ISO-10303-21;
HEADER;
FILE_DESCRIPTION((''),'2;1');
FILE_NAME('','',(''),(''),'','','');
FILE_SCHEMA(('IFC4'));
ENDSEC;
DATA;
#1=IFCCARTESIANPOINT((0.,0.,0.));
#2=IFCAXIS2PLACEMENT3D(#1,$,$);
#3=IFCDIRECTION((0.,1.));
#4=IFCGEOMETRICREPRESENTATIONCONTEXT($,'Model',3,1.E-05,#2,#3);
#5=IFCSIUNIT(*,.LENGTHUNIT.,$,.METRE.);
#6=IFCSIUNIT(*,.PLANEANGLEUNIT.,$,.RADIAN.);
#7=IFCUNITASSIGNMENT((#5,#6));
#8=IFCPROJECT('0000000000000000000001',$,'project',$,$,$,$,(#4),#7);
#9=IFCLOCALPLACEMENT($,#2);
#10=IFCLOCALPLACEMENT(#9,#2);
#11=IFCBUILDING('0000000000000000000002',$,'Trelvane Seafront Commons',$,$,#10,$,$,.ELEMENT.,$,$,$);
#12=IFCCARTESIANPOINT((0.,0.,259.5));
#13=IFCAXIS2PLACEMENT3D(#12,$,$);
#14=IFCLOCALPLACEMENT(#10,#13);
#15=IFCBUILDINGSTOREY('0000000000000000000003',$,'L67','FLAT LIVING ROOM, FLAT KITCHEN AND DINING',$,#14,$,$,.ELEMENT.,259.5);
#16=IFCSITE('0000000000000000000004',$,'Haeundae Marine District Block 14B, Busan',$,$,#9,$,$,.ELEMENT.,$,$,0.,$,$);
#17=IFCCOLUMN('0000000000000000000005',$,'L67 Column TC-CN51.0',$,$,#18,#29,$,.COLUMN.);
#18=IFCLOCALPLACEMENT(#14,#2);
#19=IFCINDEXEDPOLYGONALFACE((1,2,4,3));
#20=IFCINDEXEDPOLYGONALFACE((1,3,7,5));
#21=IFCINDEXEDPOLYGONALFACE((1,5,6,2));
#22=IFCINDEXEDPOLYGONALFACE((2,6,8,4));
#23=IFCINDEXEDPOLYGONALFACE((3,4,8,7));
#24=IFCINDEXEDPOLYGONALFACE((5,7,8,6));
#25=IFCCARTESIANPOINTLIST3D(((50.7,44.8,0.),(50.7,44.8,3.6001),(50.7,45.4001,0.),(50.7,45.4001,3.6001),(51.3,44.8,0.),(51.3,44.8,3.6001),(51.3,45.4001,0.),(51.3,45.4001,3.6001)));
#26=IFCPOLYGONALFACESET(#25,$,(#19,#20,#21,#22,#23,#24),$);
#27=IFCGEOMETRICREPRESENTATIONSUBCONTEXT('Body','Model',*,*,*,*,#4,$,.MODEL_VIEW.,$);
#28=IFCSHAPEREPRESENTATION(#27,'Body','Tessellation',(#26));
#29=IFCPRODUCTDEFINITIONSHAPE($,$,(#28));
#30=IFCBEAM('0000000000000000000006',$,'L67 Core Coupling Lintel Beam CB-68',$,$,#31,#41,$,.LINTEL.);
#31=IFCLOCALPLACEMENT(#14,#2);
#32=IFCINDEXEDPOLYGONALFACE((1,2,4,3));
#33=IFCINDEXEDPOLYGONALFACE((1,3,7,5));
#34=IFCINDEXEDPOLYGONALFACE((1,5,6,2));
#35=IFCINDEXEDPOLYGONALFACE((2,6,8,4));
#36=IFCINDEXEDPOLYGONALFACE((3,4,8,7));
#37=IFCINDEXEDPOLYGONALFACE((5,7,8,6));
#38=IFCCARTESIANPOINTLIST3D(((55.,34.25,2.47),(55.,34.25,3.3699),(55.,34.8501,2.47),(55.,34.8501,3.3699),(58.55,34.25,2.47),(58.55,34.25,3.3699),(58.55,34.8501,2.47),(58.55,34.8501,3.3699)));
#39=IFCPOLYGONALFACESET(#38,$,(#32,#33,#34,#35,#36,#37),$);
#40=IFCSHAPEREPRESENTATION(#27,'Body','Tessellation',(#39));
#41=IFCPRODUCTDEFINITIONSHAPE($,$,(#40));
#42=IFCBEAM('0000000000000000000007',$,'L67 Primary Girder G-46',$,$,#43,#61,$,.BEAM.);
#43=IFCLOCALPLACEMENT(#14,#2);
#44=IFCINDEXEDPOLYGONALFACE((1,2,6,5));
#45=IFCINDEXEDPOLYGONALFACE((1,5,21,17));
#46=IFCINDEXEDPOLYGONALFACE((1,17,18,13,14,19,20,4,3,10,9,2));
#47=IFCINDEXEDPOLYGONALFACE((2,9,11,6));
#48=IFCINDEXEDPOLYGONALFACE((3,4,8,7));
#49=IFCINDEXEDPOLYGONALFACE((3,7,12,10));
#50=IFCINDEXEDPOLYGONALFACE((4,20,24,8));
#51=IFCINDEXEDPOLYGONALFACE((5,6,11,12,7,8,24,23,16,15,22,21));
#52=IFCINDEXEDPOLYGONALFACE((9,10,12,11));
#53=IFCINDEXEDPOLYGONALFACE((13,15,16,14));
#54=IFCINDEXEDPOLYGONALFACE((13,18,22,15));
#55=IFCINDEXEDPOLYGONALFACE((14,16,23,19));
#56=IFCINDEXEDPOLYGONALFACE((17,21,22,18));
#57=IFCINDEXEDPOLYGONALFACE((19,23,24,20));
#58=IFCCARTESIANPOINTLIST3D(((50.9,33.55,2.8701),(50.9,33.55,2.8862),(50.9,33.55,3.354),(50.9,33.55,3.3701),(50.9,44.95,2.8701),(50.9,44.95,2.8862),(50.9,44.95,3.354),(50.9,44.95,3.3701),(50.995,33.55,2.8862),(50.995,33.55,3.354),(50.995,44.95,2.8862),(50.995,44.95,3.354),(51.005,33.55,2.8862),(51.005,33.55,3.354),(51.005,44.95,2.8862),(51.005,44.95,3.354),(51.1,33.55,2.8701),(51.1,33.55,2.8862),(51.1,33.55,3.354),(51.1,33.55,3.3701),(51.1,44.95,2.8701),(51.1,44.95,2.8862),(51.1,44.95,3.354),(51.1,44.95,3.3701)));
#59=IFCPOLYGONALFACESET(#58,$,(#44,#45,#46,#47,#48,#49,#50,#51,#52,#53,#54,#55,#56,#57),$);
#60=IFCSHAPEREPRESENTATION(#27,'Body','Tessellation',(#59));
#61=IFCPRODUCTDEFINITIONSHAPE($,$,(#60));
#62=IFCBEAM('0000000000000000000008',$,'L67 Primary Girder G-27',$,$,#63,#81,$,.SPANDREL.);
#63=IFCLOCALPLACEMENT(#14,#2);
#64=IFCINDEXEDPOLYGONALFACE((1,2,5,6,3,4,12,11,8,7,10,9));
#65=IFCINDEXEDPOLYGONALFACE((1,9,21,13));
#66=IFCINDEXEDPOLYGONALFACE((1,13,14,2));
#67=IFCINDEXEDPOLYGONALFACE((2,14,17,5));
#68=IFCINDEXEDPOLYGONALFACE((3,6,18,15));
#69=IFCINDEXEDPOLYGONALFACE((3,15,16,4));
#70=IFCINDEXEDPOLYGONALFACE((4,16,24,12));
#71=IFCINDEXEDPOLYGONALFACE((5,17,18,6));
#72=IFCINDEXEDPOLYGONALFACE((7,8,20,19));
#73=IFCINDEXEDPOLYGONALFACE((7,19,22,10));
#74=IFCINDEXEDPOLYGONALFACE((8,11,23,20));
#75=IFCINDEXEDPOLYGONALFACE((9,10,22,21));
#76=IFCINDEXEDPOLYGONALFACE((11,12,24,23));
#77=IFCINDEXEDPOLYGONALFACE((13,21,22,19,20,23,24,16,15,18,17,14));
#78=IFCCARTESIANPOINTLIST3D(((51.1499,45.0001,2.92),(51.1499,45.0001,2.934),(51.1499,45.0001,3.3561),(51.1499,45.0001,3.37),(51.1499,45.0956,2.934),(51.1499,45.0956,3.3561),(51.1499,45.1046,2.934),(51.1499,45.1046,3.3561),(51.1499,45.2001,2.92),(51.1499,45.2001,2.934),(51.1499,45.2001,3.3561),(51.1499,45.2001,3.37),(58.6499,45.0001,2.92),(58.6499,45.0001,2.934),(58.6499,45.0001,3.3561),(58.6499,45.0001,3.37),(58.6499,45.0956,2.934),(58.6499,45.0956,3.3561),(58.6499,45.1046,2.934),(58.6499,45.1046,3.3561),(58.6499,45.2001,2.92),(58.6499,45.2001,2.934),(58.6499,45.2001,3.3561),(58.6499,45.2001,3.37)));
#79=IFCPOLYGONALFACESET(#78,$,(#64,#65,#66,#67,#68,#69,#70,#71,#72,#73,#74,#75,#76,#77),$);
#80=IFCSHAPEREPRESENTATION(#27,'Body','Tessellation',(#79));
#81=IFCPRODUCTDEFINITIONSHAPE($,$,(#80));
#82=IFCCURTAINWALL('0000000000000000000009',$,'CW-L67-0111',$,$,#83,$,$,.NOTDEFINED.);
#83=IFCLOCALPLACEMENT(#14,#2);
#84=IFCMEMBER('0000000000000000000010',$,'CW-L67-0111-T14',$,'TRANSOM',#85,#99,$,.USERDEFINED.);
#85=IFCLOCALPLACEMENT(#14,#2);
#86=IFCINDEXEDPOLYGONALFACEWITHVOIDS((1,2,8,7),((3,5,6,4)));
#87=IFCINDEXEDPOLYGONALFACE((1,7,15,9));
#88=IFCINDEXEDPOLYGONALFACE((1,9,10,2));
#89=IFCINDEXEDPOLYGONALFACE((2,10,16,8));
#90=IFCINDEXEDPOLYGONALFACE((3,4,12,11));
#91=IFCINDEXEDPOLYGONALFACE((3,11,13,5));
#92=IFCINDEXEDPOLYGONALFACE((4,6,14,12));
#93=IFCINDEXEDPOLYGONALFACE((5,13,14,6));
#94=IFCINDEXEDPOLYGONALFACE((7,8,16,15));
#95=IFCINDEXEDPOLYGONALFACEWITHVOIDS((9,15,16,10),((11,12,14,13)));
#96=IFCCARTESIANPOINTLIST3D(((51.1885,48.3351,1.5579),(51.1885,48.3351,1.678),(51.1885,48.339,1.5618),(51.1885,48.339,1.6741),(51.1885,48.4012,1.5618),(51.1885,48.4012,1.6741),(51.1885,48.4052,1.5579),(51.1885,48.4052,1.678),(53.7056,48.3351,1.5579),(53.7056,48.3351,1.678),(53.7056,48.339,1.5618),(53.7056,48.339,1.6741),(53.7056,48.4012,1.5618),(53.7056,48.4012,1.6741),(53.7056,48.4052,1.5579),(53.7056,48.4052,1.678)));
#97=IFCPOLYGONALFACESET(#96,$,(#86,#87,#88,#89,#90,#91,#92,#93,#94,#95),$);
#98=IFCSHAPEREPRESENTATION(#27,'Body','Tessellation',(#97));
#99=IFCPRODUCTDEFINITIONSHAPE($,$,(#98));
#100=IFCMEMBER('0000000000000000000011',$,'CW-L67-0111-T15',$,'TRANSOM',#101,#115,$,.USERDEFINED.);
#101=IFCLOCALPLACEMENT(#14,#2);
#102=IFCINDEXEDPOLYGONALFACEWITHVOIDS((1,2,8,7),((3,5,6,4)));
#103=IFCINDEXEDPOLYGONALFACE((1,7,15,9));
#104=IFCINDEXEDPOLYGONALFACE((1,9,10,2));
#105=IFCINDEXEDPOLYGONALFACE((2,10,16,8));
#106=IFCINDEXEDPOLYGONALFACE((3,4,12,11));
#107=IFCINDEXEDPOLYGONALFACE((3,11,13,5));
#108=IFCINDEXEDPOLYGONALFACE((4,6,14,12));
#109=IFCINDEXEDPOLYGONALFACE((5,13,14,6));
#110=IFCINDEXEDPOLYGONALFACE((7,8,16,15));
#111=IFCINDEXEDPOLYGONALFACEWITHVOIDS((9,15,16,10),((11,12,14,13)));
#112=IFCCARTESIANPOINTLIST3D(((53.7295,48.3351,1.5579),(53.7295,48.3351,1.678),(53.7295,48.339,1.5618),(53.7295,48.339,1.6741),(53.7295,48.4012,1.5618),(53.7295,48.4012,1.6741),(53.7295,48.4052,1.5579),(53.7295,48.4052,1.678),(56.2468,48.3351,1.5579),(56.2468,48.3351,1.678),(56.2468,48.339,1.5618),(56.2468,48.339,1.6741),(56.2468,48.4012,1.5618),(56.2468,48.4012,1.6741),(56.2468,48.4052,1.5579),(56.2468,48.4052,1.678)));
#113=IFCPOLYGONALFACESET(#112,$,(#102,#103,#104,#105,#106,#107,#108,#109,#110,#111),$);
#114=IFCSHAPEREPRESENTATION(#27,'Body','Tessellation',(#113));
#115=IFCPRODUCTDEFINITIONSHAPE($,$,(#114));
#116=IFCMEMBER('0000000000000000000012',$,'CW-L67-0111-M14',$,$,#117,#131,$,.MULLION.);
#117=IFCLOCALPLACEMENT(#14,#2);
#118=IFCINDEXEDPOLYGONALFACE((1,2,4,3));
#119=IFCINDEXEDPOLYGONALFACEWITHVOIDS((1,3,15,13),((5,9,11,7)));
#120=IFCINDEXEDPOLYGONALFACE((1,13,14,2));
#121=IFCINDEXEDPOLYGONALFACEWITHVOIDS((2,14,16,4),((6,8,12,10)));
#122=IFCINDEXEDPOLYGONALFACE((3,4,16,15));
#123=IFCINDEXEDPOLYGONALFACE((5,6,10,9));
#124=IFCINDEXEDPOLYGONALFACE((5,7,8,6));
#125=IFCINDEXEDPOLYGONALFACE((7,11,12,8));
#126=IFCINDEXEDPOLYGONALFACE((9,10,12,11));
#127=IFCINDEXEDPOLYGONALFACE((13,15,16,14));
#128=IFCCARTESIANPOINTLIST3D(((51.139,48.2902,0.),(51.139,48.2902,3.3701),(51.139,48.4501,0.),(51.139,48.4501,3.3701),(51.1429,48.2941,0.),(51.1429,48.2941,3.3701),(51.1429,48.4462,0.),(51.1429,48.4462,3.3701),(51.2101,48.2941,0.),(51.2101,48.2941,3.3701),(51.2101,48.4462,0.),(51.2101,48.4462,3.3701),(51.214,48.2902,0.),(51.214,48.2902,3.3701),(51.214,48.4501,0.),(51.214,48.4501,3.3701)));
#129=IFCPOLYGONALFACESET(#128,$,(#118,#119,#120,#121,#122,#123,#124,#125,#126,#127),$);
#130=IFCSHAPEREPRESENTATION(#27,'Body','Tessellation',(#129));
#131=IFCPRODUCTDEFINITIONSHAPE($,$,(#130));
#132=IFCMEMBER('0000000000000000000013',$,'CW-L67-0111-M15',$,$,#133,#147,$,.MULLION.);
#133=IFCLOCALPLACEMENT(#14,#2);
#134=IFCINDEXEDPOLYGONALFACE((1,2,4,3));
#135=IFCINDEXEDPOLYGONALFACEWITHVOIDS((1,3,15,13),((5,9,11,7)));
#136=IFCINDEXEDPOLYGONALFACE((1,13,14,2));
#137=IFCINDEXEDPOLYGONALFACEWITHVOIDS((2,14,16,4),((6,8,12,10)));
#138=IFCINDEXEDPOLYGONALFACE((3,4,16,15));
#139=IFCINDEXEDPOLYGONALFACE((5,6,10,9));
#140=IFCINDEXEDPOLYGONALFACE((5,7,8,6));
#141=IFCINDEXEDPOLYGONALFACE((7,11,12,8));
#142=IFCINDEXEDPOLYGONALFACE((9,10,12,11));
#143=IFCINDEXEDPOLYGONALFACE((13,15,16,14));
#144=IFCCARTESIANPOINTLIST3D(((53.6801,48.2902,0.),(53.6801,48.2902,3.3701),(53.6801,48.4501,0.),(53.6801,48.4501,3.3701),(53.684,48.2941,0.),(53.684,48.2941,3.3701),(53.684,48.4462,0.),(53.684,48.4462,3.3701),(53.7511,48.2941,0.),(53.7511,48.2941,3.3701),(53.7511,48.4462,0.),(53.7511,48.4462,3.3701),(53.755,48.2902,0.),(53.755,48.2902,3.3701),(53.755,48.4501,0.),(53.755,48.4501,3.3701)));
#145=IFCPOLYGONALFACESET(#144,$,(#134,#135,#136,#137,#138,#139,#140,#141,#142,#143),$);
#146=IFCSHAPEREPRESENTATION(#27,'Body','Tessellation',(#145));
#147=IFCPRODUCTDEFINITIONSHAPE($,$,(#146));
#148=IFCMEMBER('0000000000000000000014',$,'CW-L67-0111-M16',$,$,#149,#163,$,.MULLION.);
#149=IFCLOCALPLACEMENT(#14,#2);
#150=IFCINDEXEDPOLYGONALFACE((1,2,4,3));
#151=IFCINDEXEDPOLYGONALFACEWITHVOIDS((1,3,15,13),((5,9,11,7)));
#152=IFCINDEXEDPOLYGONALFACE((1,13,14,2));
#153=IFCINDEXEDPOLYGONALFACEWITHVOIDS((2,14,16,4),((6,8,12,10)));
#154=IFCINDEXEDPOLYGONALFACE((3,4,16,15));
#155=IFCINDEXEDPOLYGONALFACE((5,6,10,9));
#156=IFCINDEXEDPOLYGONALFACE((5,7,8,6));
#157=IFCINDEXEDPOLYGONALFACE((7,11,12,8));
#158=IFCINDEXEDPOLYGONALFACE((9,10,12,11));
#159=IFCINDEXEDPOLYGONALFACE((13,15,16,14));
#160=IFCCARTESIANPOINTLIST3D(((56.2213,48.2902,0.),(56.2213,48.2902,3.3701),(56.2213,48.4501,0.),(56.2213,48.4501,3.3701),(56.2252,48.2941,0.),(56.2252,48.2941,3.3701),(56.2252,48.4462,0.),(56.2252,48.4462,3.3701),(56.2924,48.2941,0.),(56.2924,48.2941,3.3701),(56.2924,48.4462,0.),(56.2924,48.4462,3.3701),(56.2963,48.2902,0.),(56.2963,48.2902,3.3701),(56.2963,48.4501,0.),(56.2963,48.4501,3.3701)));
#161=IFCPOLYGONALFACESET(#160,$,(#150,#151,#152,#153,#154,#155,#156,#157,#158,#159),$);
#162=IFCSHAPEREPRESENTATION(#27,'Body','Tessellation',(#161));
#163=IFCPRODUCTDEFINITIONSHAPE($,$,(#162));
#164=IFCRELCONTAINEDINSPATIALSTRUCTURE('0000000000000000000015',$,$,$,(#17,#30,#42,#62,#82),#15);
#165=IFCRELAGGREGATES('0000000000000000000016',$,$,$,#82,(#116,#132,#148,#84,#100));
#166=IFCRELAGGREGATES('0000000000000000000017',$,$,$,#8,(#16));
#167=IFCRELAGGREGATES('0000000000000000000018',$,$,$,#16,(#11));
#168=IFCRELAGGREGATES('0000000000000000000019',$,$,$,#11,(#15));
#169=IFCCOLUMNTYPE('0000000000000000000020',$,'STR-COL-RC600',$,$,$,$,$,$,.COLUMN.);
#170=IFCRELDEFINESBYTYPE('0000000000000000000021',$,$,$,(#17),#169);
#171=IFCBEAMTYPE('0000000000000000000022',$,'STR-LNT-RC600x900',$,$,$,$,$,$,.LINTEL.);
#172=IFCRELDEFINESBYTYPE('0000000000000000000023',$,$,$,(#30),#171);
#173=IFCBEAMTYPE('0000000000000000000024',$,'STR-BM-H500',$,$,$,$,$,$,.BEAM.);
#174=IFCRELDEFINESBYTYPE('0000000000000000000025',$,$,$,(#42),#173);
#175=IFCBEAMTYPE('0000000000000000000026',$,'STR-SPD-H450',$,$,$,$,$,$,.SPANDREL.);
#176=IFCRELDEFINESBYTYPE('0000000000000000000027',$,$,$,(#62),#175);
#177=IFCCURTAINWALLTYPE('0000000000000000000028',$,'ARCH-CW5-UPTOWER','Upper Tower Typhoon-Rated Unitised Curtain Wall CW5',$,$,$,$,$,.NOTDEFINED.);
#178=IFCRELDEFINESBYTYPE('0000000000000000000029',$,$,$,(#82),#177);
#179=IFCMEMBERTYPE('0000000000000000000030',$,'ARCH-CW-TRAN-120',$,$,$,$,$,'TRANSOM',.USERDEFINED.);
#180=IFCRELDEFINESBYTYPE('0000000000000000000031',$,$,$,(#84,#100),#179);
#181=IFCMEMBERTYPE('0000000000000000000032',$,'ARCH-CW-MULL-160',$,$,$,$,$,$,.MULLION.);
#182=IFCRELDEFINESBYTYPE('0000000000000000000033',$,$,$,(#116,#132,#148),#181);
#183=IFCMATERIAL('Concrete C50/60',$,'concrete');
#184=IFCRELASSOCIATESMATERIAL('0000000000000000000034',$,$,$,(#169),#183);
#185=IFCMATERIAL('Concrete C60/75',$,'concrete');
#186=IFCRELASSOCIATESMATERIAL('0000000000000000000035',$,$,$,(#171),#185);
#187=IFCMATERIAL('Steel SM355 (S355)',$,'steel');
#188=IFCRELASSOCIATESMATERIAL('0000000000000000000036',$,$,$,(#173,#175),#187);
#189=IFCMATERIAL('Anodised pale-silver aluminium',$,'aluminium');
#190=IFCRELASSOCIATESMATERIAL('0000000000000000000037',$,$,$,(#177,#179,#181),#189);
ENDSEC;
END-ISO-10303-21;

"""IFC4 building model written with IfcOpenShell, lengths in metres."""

from ifc_helpers import new_model, si_unit, direction, frame, origin, origin_2d, place, context, subcontext, project, spatial, rectangle, hollow_rectangle, i_section, extrude, source, transform, mapped, material, material_profile, profile_set, type_object, element, aggregate, save


model = new_model("IFC4")

# Units and contexts
model_context = context("Model", 3, precision=1e-05, world=origin(), true_north=direction((0.0, 1.0)))
body_context = subcontext(model_context, "Body", "Model", "MODEL_VIEW")
ifc_project = project(units=[si_unit("LENGTHUNIT", "METRE"), si_unit("PLANEANGLEUNIT", "RADIAN")], contexts=[model_context])

# Site, building, storey
site_placement = place(None, origin())
site = spatial("IfcSite", under=ifc_project, at=site_placement, Name="Haeundae Marine District Block 14B, Busan", CompositionType="ELEMENT", RefElevation=0.0)
building_placement = place(site_placement, origin())
building = spatial("IfcBuilding", under=site, at=building_placement, Name="Trelvane Seafront Commons", CompositionType="ELEMENT")
storey_placement = place(building_placement, frame((0.0, 0.0, 259.5)))
storey = spatial("IfcBuildingStorey", under=building, at=storey_placement, Name="L67", Description="FLAT LIVING ROOM, FLAT KITCHEN AND DINING", CompositionType="ELEMENT", Elevation=259.5)

# Column
ifc_material_1 = material(Name="Concrete C50/60", Category="concrete")
ifc_material_profile_1 = material_profile(ifc_material_1, rectangle(XDim=0.6001, YDim=0.6001, at=origin_2d()), Name="RC-600x600")
ifc_profile_set_1 = profile_set([ifc_material_profile_1], Name="Concrete C50/60")
column_type = type_object("IfcColumnType", Name="STR-COL-RC600", PredefinedType="COLUMN", material=ifc_profile_set_1)
shared_shape_1 = source(origin(), body_context, "Body", "SweptSolid", [
    extrude(rectangle(XDim=0.6001, YDim=0.6001, at=origin_2d()), origin(), (0.0, 0.0, 1.0), 3.6001),
])
column_placement = place(storey_placement, frame((51.0, 45.1001, 0.0), z_axis=(0.0, 0.0, 1.0), x_axis=(1.0, 0.0, 0.0)))
element("IfcColumn", 1, at=column_placement, inside=storey, type_object=column_type, Name="L67 Column TC-CN51.0", PredefinedType="COLUMN", context=body_context, shape_type="MappedRepresentation", body=[
    mapped(shared_shape_1, transform((0.0, 0.0, 0.0), x_axis=(1.0, 0.0, 0.0), y_axis=(0.0, 1.0, 0.0), z_axis=(0.0, 0.0, 1.0), scale=1.0)),
])

# Beams
ifc_material_2 = material(Name="Concrete C60/75", Category="concrete")
ifc_material_profile_2 = material_profile(ifc_material_2, rectangle(XDim=0.6001, YDim=0.8999, at=origin_2d()), Name="RC-600x900")
ifc_profile_set_2 = profile_set([ifc_material_profile_2], Name="Concrete C60/75")
beam_type_1 = type_object("IfcBeamType", Name="STR-LNT-RC600x900", PredefinedType="LINTEL", material=ifc_profile_set_2)
shared_shape_2 = source(origin(), body_context, "Body", "SweptSolid", [
    extrude(rectangle(XDim=0.6001, YDim=0.8999, at=origin_2d()), origin(), (0.0, 0.0, 1.0), 3.55),
])
beam_1_placement = place(storey_placement, frame((55.0, 34.55, 2.9199), z_axis=(1.0, 0.0, 0.0), x_axis=(0.0, 1.0, 0.0)))
element("IfcBeam", 2, at=beam_1_placement, inside=storey, type_object=beam_type_1, Name="L67 Core Coupling Lintel Beam CB-68", PredefinedType="LINTEL", context=body_context, shape_type="MappedRepresentation", body=[
    mapped(shared_shape_2, transform((0.0, 0.0, 0.0), x_axis=(1.0, 0.0, 0.0), y_axis=(0.0, 1.0, 0.0), z_axis=(0.0, 0.0, 1.0), scale=1.0)),
])
ifc_material_3 = material(Name="Steel SM355 (S355)", Category="steel")
ifc_material_profile_3 = material_profile(ifc_material_3, i_section(OverallWidth=0.2, OverallDepth=0.5, WebThickness=0.01, FlangeThickness=0.0161, at=origin_2d()), Name="H-500x200x10x16")
ifc_profile_set_3 = profile_set([ifc_material_profile_3], Name="Steel SM355 (S355)")
beam_type_2 = type_object("IfcBeamType", Name="STR-BM-H500", PredefinedType="BEAM", material=ifc_profile_set_3)
shared_shape_3 = source(origin(), body_context, "Body", "SweptSolid", [
    extrude(i_section(OverallWidth=0.2, OverallDepth=0.5, WebThickness=0.01, FlangeThickness=0.0161, at=origin_2d()), origin(), (0.0, 0.0, 1.0), 11.3999),
])
beam_2_placement = place(storey_placement, frame((51.0, 33.55, 3.1201), z_axis=(0.0, 1.0, 0.0), x_axis=(-1.0, 0.0, 0.0)))
element("IfcBeam", 3, at=beam_2_placement, inside=storey, type_object=beam_type_2, Name="L67 Primary Girder G-46", PredefinedType="BEAM", context=body_context, shape_type="MappedRepresentation", body=[
    mapped(shared_shape_3, transform((0.0, 0.0, 0.0), x_axis=(1.0, 0.0, 0.0), y_axis=(0.0, 1.0, 0.0), z_axis=(0.0, 0.0, 1.0), scale=1.0)),
])
ifc_material_profile_4 = material_profile(ifc_material_3, i_section(OverallWidth=0.2, OverallDepth=0.45, WebThickness=0.009, FlangeThickness=0.0139, at=origin_2d()), Name="H-450x200x9x14")
ifc_profile_set_4 = profile_set([ifc_material_profile_4], Name="Steel SM355 (S355)")
beam_type_3 = type_object("IfcBeamType", Name="STR-SPD-H450", PredefinedType="SPANDREL", material=ifc_profile_set_4)
shared_shape_4 = source(origin(), body_context, "Body", "SweptSolid", [
    extrude(i_section(OverallWidth=0.2, OverallDepth=0.45, WebThickness=0.009, FlangeThickness=0.0139, at=origin_2d()), origin(), (0.0, 0.0, 1.0), 7.5),
])
beam_3_placement = place(storey_placement, frame((51.1499, 45.1001, 3.145), z_axis=(1.0, 0.0, 0.0), x_axis=(0.0, 1.0, 0.0)))
element("IfcBeam", 4, at=beam_3_placement, inside=storey, type_object=beam_type_3, Name="L67 Primary Girder G-27", PredefinedType="SPANDREL", context=body_context, shape_type="MappedRepresentation", body=[
    mapped(shared_shape_4, transform((0.0, 0.0, 0.0), x_axis=(1.0, 0.0, 0.0), y_axis=(0.0, 1.0, 0.0), z_axis=(0.0, 0.0, 1.0), scale=1.0)),
])

# Curtain wall, members
ifc_material_4 = material(Name="Anodised pale-silver aluminium", Category="aluminium")
curtain_wall_type = type_object("IfcCurtainWallType", Name="ARCH-CW5-UPTOWER", Description="Upper Tower Typhoon-Rated Unitised Curtain Wall CW5", PredefinedType="NOTDEFINED", material=ifc_material_4)
curtain_wall_placement = place(storey_placement, origin())
curtain_wall = element("IfcCurtainWall", 5, at=curtain_wall_placement, inside=storey, type_object=curtain_wall_type, Name="CW-L67-0111", PredefinedType="NOTDEFINED")
ifc_material_profile_5 = material_profile(ifc_material_4, hollow_rectangle(XDim=0.0701, YDim=0.1201, WallThickness=0.0039, at=origin_2d()), Name="TRAN-70x120x4")
ifc_profile_set_5 = profile_set([ifc_material_profile_5], Name="Anodised pale-silver aluminium")
member_type_1 = type_object("IfcMemberType", Name="ARCH-CW-TRAN-120", ElementType="TRANSOM", PredefinedType="USERDEFINED", material=ifc_profile_set_5)
shared_shape_5 = source(origin(), body_context, "Body", "SweptSolid", [
    extrude(hollow_rectangle(XDim=0.0701, YDim=0.1201, WallThickness=0.0039, at=origin_2d()), origin(), (0.0, 0.0, 1.0), 2.5171),
])
member_1_placement = place(storey_placement, frame((51.1885, 48.3701, 1.6179), z_axis=(1.0, 0.0, 0.0), x_axis=(0.0, 1.0, 0.0)))
member_1 = element("IfcMember", 6, at=member_1_placement, type_object=member_type_1, Name="CW-L67-0111-T14", ObjectType="TRANSOM", PredefinedType="USERDEFINED", context=body_context, shape_type="MappedRepresentation", body=[
    mapped(shared_shape_5, transform((0.0, 0.0, 0.0), x_axis=(1.0, 0.0, 0.0), y_axis=(0.0, 1.0, 0.0), z_axis=(0.0, 0.0, 1.0), scale=1.0)),
])
shared_shape_6 = source(origin(), body_context, "Body", "SweptSolid", [
    extrude(hollow_rectangle(XDim=0.0701, YDim=0.1201, WallThickness=0.0039, at=origin_2d()), origin(), (0.0, 0.0, 1.0), 2.5173),
])
member_2_placement = place(storey_placement, frame((53.7295, 48.3701, 1.6179), z_axis=(1.0, 0.0, 0.0), x_axis=(0.0, 1.0, 0.0)))
member_2 = element("IfcMember", 7, at=member_2_placement, type_object=member_type_1, Name="CW-L67-0111-T15", ObjectType="TRANSOM", PredefinedType="USERDEFINED", context=body_context, shape_type="MappedRepresentation", body=[
    mapped(shared_shape_6, transform((0.0, 0.0, 0.0), x_axis=(1.0, 0.0, 0.0), y_axis=(0.0, 1.0, 0.0), z_axis=(0.0, 0.0, 1.0), scale=1.0)),
])
ifc_material_profile_6 = material_profile(ifc_material_4, hollow_rectangle(XDim=0.075, YDim=0.1599, WallThickness=0.0039, at=origin_2d()), Name="MULL-75x160x4")
ifc_profile_set_6 = profile_set([ifc_material_profile_6], Name="Anodised pale-silver aluminium")
member_type_2 = type_object("IfcMemberType", Name="ARCH-CW-MULL-160", PredefinedType="MULLION", material=ifc_profile_set_6)
shared_shape_7 = source(origin(), body_context, "Body", "SweptSolid", [
    extrude(hollow_rectangle(XDim=0.075, YDim=0.1599, WallThickness=0.0039, at=origin_2d()), origin(), (0.0, 0.0, 1.0), 3.3701),
])
member_3_placement = place(storey_placement, frame((51.1765, 48.3701, 0.0), z_axis=(0.0, 0.0, 1.0), x_axis=(1.0, 0.0, 0.0)))
member_3 = element("IfcMember", 8, at=member_3_placement, type_object=member_type_2, Name="CW-L67-0111-M14", PredefinedType="MULLION", context=body_context, shape_type="MappedRepresentation", body=[
    mapped(shared_shape_7, transform((0.0, 0.0, 0.0), x_axis=(1.0, 0.0, 0.0), y_axis=(0.0, 1.0, 0.0), z_axis=(0.0, 0.0, 1.0), scale=1.0)),
])
member_4_placement = place(storey_placement, frame((53.7175, 48.3701, 0.0), z_axis=(0.0, 0.0, 1.0), x_axis=(1.0, 0.0, 0.0)))
member_4 = element("IfcMember", 9, at=member_4_placement, type_object=member_type_2, Name="CW-L67-0111-M15", PredefinedType="MULLION", context=body_context, shape_type="MappedRepresentation", body=[
    mapped(shared_shape_7, transform((0.0, 0.0, 0.0), x_axis=(1.0, 0.0, 0.0), y_axis=(0.0, 1.0, 0.0), z_axis=(0.0, 0.0, 1.0), scale=1.0)),
])
member_5_placement = place(storey_placement, frame((56.2588, 48.3701, 0.0), z_axis=(0.0, 0.0, 1.0), x_axis=(1.0, 0.0, 0.0)))
member_5 = element("IfcMember", 10, at=member_5_placement, type_object=member_type_2, Name="CW-L67-0111-M16", PredefinedType="MULLION", context=body_context, shape_type="MappedRepresentation", body=[
    mapped(shared_shape_7, transform((0.0, 0.0, 0.0), x_axis=(1.0, 0.0, 0.0), y_axis=(0.0, 1.0, 0.0), z_axis=(0.0, 0.0, 1.0), scale=1.0)),
])

aggregate(curtain_wall, [member_3, member_4, member_5, member_1, member_2])

save(model, "model.ifc")
